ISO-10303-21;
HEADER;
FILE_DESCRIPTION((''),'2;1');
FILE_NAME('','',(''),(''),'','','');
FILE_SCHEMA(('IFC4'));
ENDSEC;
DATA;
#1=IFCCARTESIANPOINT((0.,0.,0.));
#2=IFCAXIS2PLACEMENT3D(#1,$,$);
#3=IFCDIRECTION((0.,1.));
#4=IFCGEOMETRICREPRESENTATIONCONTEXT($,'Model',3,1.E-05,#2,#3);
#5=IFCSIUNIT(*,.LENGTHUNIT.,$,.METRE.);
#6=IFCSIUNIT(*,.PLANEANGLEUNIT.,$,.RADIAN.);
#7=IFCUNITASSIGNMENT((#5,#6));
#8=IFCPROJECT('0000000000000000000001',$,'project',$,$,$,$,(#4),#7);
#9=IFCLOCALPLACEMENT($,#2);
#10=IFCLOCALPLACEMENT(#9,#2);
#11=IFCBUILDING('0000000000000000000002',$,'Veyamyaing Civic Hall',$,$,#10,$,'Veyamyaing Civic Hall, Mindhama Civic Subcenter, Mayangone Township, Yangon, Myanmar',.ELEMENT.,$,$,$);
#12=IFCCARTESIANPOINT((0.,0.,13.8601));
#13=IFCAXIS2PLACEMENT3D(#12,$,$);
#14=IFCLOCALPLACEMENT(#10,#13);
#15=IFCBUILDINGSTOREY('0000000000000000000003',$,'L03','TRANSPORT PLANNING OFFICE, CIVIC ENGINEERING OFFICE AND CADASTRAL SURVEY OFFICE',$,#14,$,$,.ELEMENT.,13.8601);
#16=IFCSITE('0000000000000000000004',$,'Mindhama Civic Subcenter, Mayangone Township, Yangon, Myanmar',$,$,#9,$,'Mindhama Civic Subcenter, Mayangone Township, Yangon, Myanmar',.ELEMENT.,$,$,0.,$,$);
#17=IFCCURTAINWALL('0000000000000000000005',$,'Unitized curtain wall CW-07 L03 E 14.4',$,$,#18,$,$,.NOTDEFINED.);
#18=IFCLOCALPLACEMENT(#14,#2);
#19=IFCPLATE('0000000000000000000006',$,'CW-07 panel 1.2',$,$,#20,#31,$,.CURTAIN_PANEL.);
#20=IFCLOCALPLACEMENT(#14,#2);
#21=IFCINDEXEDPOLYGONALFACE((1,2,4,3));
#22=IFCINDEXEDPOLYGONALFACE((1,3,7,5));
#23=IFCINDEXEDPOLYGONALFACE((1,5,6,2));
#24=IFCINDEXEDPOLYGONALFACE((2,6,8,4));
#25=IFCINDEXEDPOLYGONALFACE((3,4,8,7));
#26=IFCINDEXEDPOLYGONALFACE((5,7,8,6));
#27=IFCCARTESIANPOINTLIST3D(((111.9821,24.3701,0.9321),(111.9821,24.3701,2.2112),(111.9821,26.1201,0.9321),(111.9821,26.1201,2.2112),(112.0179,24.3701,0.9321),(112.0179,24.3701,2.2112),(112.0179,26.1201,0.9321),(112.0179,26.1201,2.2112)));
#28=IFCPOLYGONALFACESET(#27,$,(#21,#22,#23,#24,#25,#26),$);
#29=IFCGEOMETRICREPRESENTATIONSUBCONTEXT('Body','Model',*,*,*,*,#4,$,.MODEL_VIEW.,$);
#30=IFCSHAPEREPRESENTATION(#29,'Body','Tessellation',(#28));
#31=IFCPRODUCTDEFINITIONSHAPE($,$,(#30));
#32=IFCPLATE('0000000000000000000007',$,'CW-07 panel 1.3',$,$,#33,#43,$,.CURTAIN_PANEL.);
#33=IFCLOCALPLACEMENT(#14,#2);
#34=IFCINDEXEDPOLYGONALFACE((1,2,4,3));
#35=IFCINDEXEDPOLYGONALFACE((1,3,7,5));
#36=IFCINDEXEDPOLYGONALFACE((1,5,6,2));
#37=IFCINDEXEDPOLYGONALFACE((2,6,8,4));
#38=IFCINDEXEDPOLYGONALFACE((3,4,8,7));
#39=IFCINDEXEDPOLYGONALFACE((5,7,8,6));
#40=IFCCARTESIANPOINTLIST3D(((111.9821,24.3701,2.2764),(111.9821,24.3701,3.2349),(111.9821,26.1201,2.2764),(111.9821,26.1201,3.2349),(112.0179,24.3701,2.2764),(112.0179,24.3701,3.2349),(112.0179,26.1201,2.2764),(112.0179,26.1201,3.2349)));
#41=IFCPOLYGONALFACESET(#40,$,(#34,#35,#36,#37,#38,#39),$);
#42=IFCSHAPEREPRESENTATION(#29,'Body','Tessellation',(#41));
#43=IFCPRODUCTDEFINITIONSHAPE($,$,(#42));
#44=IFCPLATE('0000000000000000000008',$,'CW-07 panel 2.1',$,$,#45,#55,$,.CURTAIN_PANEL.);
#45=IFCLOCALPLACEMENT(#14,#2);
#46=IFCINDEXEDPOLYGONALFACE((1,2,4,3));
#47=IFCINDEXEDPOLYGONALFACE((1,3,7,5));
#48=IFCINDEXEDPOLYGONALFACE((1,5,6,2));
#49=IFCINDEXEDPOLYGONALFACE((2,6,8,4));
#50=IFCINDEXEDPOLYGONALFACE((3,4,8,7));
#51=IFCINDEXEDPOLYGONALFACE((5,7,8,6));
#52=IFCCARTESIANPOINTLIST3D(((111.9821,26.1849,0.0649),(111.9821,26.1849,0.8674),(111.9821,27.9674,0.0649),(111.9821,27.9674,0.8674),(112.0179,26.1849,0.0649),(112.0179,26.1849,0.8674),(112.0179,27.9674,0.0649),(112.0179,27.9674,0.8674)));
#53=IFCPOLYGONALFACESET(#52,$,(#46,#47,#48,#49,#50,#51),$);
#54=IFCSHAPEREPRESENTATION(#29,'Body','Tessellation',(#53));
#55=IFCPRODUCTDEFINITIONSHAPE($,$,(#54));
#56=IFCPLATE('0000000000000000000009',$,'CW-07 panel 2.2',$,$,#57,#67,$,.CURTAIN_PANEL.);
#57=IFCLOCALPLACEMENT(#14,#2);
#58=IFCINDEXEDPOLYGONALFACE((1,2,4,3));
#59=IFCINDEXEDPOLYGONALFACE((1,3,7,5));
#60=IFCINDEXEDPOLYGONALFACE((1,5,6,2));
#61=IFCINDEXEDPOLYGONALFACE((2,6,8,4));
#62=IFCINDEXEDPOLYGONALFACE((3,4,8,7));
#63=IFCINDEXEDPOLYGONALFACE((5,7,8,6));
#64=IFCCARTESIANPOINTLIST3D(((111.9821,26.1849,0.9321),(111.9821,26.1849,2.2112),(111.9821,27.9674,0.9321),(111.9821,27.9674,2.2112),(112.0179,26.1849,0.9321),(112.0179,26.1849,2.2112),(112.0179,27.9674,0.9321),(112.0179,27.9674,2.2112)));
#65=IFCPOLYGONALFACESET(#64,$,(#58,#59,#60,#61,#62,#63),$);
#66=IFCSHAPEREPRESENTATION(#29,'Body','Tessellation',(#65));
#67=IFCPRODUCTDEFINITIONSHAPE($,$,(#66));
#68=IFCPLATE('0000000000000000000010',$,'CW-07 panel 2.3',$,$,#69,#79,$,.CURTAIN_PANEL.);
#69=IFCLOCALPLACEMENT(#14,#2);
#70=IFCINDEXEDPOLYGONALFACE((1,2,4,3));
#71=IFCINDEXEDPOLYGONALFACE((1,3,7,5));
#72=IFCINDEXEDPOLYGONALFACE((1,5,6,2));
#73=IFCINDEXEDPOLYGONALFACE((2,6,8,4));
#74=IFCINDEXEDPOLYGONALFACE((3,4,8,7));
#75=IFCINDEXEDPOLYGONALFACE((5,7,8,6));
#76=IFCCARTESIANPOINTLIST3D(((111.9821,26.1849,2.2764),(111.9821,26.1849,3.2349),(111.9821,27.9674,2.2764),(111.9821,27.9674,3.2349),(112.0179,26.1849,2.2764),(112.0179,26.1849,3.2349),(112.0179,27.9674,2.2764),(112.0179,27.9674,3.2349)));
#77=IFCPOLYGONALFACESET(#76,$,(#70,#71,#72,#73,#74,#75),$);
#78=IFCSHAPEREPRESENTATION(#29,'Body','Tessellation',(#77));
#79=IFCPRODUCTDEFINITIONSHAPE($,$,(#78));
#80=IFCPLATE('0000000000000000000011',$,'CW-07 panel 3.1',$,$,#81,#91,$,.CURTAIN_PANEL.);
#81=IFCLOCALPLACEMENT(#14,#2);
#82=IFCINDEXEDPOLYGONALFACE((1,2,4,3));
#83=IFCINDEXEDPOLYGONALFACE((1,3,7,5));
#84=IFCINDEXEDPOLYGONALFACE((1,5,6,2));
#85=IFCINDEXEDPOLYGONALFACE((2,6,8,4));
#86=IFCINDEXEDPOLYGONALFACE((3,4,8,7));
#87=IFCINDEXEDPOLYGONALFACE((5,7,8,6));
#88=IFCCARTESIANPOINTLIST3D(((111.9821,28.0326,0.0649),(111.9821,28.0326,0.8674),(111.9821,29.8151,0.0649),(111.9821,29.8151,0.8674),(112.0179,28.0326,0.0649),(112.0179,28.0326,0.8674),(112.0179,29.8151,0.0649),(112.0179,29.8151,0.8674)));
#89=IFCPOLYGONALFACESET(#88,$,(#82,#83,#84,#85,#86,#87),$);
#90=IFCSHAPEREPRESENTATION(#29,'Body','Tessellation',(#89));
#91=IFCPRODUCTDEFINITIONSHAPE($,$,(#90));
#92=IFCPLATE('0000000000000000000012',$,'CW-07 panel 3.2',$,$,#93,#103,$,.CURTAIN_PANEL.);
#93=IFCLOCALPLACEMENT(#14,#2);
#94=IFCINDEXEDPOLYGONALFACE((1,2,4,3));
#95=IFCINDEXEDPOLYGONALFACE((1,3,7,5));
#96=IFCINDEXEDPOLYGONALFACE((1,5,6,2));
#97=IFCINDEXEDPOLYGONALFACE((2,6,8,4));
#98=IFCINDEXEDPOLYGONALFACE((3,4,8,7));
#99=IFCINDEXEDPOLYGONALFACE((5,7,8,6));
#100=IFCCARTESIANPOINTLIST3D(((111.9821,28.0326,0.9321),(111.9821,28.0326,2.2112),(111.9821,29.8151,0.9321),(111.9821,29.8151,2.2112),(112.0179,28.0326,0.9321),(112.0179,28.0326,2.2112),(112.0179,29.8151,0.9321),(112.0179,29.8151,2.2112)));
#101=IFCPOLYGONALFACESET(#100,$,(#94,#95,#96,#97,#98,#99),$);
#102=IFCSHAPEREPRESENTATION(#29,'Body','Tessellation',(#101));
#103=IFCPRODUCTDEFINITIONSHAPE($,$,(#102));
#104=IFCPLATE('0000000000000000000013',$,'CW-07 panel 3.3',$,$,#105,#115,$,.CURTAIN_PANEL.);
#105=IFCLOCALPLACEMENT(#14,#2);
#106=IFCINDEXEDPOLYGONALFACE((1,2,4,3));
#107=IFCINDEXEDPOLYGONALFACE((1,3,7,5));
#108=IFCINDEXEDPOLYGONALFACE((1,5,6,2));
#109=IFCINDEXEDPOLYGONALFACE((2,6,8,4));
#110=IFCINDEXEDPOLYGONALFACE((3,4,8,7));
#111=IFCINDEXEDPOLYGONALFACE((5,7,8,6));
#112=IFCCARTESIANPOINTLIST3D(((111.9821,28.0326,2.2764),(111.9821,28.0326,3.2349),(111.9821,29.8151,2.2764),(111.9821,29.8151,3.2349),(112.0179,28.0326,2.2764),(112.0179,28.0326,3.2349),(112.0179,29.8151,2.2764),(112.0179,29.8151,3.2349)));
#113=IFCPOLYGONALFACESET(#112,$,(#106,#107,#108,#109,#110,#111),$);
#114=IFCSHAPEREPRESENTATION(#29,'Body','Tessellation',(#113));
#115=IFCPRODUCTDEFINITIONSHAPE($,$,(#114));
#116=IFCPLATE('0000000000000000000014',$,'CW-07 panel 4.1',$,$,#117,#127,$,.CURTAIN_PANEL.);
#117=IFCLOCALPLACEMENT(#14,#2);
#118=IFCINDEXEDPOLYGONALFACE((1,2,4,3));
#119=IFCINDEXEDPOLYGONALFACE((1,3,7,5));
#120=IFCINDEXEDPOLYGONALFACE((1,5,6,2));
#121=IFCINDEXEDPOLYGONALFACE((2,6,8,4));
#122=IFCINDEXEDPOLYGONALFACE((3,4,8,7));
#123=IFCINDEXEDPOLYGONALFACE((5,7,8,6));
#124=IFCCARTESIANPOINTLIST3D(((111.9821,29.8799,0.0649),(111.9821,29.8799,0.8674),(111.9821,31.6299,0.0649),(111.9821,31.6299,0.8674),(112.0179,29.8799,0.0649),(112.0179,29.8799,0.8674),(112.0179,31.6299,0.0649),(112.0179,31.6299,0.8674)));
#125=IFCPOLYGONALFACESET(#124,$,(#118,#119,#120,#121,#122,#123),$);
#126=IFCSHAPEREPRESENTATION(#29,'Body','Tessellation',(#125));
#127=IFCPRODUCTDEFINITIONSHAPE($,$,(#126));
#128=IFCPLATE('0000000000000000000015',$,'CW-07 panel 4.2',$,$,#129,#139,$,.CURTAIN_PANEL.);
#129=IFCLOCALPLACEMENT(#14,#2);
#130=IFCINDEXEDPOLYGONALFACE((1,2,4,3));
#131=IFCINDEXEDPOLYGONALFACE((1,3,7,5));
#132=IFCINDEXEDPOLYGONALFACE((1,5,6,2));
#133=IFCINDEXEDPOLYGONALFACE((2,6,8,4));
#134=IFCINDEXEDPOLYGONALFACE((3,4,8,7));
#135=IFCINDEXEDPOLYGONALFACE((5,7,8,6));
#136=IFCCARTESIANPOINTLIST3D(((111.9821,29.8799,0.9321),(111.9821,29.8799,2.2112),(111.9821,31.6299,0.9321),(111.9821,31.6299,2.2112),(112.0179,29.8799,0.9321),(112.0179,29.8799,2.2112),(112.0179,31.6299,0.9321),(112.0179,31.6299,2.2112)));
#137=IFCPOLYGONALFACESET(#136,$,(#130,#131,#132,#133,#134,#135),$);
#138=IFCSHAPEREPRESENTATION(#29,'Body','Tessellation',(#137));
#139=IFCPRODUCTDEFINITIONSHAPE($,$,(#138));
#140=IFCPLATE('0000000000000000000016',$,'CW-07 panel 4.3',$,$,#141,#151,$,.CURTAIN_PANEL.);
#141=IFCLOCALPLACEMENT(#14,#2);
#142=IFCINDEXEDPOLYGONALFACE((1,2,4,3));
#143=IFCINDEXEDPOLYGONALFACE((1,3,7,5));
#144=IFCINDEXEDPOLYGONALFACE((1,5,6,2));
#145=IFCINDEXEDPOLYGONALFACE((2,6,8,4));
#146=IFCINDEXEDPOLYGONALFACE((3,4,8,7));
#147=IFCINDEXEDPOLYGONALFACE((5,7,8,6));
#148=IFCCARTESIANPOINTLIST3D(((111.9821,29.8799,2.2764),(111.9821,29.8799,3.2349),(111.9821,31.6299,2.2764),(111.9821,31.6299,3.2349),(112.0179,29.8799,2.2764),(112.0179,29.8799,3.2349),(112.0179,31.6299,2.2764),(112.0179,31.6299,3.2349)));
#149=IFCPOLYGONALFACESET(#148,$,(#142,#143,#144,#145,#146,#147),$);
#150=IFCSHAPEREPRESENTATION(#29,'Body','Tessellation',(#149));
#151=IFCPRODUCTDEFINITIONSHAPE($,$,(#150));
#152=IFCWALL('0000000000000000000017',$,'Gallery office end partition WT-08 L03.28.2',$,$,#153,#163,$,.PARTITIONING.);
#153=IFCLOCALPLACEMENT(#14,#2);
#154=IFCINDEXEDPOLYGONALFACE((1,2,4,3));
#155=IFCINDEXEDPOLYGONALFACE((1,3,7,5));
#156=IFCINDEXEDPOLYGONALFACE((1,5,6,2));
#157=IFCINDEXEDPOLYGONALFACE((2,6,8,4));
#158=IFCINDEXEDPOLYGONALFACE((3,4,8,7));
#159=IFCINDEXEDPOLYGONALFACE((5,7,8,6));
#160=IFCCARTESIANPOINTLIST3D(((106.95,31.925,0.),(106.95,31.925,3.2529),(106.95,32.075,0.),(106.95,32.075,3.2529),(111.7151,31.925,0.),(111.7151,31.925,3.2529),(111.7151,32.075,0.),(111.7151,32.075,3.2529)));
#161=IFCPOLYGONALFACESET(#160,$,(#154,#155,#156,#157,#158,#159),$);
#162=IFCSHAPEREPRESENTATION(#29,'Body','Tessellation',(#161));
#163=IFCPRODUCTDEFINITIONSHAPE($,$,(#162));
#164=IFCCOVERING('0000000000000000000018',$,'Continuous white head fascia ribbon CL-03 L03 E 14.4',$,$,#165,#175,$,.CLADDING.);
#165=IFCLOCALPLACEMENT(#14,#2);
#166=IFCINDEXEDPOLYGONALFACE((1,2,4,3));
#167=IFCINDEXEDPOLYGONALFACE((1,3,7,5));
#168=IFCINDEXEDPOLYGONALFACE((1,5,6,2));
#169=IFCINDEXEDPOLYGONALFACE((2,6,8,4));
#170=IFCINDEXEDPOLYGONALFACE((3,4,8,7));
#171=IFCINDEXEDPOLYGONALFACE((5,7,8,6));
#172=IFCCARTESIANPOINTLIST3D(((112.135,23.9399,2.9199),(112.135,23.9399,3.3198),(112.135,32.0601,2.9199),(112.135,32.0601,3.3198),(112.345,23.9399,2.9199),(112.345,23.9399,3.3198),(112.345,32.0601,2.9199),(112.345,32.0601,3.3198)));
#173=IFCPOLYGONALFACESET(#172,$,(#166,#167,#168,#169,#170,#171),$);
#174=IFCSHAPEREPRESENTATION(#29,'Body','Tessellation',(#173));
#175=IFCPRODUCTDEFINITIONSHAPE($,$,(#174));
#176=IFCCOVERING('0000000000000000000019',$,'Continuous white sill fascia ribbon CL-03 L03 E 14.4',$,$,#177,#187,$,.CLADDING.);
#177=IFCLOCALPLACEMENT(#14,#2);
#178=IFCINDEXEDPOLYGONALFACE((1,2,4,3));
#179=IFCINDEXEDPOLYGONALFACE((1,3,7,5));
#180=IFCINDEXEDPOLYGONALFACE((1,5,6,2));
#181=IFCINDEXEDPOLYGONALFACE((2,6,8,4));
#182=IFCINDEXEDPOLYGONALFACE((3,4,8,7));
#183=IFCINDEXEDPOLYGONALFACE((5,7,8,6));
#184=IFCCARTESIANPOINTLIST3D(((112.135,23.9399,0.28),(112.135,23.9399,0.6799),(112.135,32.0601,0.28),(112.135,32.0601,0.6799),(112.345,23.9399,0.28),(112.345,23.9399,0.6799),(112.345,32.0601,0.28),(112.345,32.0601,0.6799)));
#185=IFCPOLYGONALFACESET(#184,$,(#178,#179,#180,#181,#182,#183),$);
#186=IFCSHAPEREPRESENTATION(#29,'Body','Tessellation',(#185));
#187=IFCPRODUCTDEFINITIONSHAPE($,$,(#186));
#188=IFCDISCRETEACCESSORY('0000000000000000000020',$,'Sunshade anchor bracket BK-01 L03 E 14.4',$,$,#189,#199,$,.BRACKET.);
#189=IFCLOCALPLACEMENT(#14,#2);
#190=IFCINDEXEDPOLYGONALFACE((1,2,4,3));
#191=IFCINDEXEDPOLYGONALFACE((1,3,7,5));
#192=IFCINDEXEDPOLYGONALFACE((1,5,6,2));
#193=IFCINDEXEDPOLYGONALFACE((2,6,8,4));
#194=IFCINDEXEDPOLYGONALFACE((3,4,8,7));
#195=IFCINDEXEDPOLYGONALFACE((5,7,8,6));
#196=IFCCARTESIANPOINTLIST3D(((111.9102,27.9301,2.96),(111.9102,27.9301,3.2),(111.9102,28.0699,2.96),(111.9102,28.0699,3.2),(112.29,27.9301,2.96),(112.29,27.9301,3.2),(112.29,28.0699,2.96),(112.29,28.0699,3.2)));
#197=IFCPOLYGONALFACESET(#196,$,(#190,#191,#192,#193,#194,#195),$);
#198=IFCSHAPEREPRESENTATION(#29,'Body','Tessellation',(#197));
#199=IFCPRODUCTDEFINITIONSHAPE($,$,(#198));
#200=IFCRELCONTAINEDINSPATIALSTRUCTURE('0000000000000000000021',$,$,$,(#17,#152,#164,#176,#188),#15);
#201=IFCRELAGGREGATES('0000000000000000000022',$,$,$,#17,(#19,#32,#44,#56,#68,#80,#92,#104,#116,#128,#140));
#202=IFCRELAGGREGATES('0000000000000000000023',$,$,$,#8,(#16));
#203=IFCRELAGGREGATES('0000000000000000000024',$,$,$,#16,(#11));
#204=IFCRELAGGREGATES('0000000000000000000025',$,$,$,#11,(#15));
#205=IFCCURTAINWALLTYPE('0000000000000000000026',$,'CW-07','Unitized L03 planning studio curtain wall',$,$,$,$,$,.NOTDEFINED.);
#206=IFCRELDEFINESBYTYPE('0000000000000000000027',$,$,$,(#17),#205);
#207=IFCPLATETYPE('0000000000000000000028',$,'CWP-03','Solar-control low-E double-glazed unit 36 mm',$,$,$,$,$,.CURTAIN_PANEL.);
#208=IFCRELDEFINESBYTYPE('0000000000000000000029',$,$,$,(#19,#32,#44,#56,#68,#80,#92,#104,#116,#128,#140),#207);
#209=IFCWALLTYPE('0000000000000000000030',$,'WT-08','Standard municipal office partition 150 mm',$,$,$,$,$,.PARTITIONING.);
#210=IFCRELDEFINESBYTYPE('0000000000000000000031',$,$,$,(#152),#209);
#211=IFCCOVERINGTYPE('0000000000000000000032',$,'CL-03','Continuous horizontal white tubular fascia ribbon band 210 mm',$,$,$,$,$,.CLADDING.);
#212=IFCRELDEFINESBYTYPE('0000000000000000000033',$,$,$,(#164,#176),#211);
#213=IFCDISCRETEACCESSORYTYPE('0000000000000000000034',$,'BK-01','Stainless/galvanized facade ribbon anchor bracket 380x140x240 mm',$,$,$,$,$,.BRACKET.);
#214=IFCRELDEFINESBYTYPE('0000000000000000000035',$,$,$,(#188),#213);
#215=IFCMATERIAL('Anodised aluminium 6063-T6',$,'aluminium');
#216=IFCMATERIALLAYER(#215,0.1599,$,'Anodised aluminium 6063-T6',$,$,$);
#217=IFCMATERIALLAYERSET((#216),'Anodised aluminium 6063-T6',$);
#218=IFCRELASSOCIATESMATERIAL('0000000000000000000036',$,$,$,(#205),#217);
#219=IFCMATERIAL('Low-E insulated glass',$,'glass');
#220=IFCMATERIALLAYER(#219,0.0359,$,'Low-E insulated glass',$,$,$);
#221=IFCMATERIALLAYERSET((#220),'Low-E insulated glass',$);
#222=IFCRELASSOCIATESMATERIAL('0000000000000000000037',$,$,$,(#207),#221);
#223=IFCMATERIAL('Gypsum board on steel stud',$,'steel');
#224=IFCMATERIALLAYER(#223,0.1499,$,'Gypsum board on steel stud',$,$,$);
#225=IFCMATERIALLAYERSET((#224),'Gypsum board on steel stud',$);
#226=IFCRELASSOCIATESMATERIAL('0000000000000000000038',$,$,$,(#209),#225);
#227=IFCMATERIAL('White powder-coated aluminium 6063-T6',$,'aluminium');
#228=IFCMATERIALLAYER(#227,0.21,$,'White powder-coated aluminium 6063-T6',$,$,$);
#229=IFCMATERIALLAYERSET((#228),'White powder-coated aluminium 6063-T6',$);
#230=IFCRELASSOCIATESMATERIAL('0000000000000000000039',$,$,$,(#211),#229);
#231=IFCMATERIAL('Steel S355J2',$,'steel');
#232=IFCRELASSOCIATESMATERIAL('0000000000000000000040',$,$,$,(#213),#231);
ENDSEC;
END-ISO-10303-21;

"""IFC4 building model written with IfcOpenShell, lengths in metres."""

from ifc_helpers import new_model, si_unit, direction, frame, frame_2d, origin, origin_2d, place, context, subcontext, project, spatial, rectangle, extrude, material, layer, layer_set, type_object, element, aggregate, save


model = new_model("IFC4")

# Units and contexts
model_context = context("Model", 3, precision=1e-05, world=origin(), true_north=direction((0.0, 1.0)))
body_context = subcontext(model_context, "Body", "Model", "MODEL_VIEW")
ifc_project = project(units=[si_unit("LENGTHUNIT", "METRE"), si_unit("PLANEANGLEUNIT", "RADIAN")], contexts=[model_context])

# Site, building, storey
site_placement = place(None, origin())
site = spatial("IfcSite", under=ifc_project, at=site_placement, Name="Mindhama Civic Subcenter, Mayangone Township, Yangon, Myanmar", LongName="Mindhama Civic Subcenter, Mayangone Township, Yangon, Myanmar", CompositionType="ELEMENT", RefElevation=0.0)
building_placement = place(site_placement, origin())
building = spatial("IfcBuilding", under=site, at=building_placement, Name="Veyamyaing Civic Hall", LongName="Veyamyaing Civic Hall, Mindhama Civic Subcenter, Mayangone Township, Yangon, Myanmar", CompositionType="ELEMENT")
storey_placement = place(building_placement, frame((0.0, 0.0, 13.8601)))
storey = spatial("IfcBuildingStorey", under=building, at=storey_placement, Name="L03", Description="TRANSPORT PLANNING OFFICE, CIVIC ENGINEERING OFFICE AND CADASTRAL SURVEY OFFICE", CompositionType="ELEMENT", Elevation=13.8601)

# Curtain wall
ifc_material_1 = material(Name="Anodised aluminium 6063-T6", Category="aluminium")
ifc_layer_1 = layer(ifc_material_1, 0.1599, Name="Anodised aluminium 6063-T6")
ifc_layer_set_1 = layer_set([ifc_layer_1], Name="Anodised aluminium 6063-T6")
curtain_wall_type = type_object("IfcCurtainWallType", Name="CW-07", Description="Unitized L03 planning studio curtain wall", PredefinedType="NOTDEFINED", material=ifc_layer_set_1)
curtain_wall_placement = place(storey_placement, origin())
curtain_wall = element("IfcCurtainWall", 1, at=curtain_wall_placement, inside=storey, type_object=curtain_wall_type, Name="Unitized curtain wall CW-07 L03 E 14.4", PredefinedType="NOTDEFINED")

# Plates
ifc_material_2 = material(Name="Low-E insulated glass", Category="glass")
ifc_layer_2 = layer(ifc_material_2, 0.0359, Name="Low-E insulated glass")
ifc_layer_set_2 = layer_set([ifc_layer_2], Name="Low-E insulated glass")
plate_type = type_object("IfcPlateType", Name="CWP-03", Description="Solar-control low-E double-glazed unit 36 mm", PredefinedType="CURTAIN_PANEL", material=ifc_layer_set_2)
plate_1_placement = place(storey_placement, frame((112.0, 25.2451, 0.9321), z_axis=(0.0, 0.0, 1.0), x_axis=(0.0, 1.0, 0.0)))
plate_1 = element("IfcPlate", 2, at=plate_1_placement, type_object=plate_type, Name="CW-07 panel 1.2", PredefinedType="CURTAIN_PANEL", context=body_context, shape_type="SweptSolid", body=[
    extrude(rectangle(XDim=1.75, YDim=0.0359, at=origin_2d()), origin(), (0.0, 0.0, 1.0), 1.2791),
])
plate_2_placement = place(storey_placement, frame((112.0, 25.2451, 2.2764), z_axis=(0.0, 0.0, 1.0), x_axis=(0.0, 1.0, 0.0)))
plate_2 = element("IfcPlate", 3, at=plate_2_placement, type_object=plate_type, Name="CW-07 panel 1.3", PredefinedType="CURTAIN_PANEL", context=body_context, shape_type="SweptSolid", body=[
    extrude(rectangle(XDim=1.75, YDim=0.0359, at=origin_2d()), origin(), (0.0, 0.0, 1.0), 0.9585),
])
plate_3_placement = place(storey_placement, frame((112.0, 27.0762, 0.0649), z_axis=(0.0, 0.0, 1.0), x_axis=(0.0, 1.0, 0.0)))
plate_3 = element("IfcPlate", 4, at=plate_3_placement, type_object=plate_type, Name="CW-07 panel 2.1", PredefinedType="CURTAIN_PANEL", context=body_context, shape_type="SweptSolid", body=[
    extrude(rectangle(XDim=1.7825, YDim=0.0359, at=origin_2d()), origin(), (0.0, 0.0, 1.0), 0.8025),
])
plate_4_placement = place(storey_placement, frame((112.0, 27.0762, 0.9321), z_axis=(0.0, 0.0, 1.0), x_axis=(0.0, 1.0, 0.0)))
plate_4 = element("IfcPlate", 5, at=plate_4_placement, type_object=plate_type, Name="CW-07 panel 2.2", PredefinedType="CURTAIN_PANEL", context=body_context, shape_type="SweptSolid", body=[
    extrude(rectangle(XDim=1.7825, YDim=0.0359, at=origin_2d()), origin(), (0.0, 0.0, 1.0), 1.2791),
])
plate_5_placement = place(storey_placement, frame((112.0, 27.0762, 2.2764), z_axis=(0.0, 0.0, 1.0), x_axis=(0.0, 1.0, 0.0)))
plate_5 = element("IfcPlate", 6, at=plate_5_placement, type_object=plate_type, Name="CW-07 panel 2.3", PredefinedType="CURTAIN_PANEL", context=body_context, shape_type="SweptSolid", body=[
    extrude(rectangle(XDim=1.7825, YDim=0.0359, at=origin_2d()), origin(), (0.0, 0.0, 1.0), 0.9585),
])
plate_6_placement = place(storey_placement, frame((112.0, 28.9238, 0.0649), z_axis=(0.0, 0.0, 1.0), x_axis=(0.0, 1.0, 0.0)))
plate_6 = element("IfcPlate", 7, at=plate_6_placement, type_object=plate_type, Name="CW-07 panel 3.1", PredefinedType="CURTAIN_PANEL", context=body_context, shape_type="SweptSolid", body=[
    extrude(rectangle(XDim=1.7825, YDim=0.0359, at=origin_2d()), origin(), (0.0, 0.0, 1.0), 0.8025),
])
plate_7_placement = place(storey_placement, frame((112.0, 28.9238, 0.9321), z_axis=(0.0, 0.0, 1.0), x_axis=(0.0, 1.0, 0.0)))
plate_7 = element("IfcPlate", 8, at=plate_7_placement, type_object=plate_type, Name="CW-07 panel 3.2", PredefinedType="CURTAIN_PANEL", context=body_context, shape_type="SweptSolid", body=[
    extrude(rectangle(XDim=1.7825, YDim=0.0359, at=origin_2d()), origin(), (0.0, 0.0, 1.0), 1.2791),
])
plate_8_placement = place(storey_placement, frame((112.0, 28.9238, 2.2764), z_axis=(0.0, 0.0, 1.0), x_axis=(0.0, 1.0, 0.0)))
plate_8 = element("IfcPlate", 9, at=plate_8_placement, type_object=plate_type, Name="CW-07 panel 3.3", PredefinedType="CURTAIN_PANEL", context=body_context, shape_type="SweptSolid", body=[
    extrude(rectangle(XDim=1.7825, YDim=0.0359, at=origin_2d()), origin(), (0.0, 0.0, 1.0), 0.9585),
])
plate_9_placement = place(storey_placement, frame((112.0, 30.7549, 0.0649), z_axis=(0.0, 0.0, 1.0), x_axis=(0.0, 1.0, 0.0)))
plate_9 = element("IfcPlate", 10, at=plate_9_placement, type_object=plate_type, Name="CW-07 panel 4.1", PredefinedType="CURTAIN_PANEL", context=body_context, shape_type="SweptSolid", body=[
    extrude(rectangle(XDim=1.75, YDim=0.0359, at=origin_2d()), origin(), (0.0, 0.0, 1.0), 0.8025),
])
plate_10_placement = place(storey_placement, frame((112.0, 30.7549, 0.9321), z_axis=(0.0, 0.0, 1.0), x_axis=(0.0, 1.0, 0.0)))
plate_10 = element("IfcPlate", 11, at=plate_10_placement, type_object=plate_type, Name="CW-07 panel 4.2", PredefinedType="CURTAIN_PANEL", context=body_context, shape_type="SweptSolid", body=[
    extrude(rectangle(XDim=1.75, YDim=0.0359, at=origin_2d()), origin(), (0.0, 0.0, 1.0), 1.2791),
])
plate_11_placement = place(storey_placement, frame((112.0, 30.7549, 2.2764), z_axis=(0.0, 0.0, 1.0), x_axis=(0.0, 1.0, 0.0)))
plate_11 = element("IfcPlate", 12, at=plate_11_placement, type_object=plate_type, Name="CW-07 panel 4.3", PredefinedType="CURTAIN_PANEL", context=body_context, shape_type="SweptSolid", body=[
    extrude(rectangle(XDim=1.75, YDim=0.0359, at=origin_2d()), origin(), (0.0, 0.0, 1.0), 0.9585),
])
aggregate(curtain_wall, [plate_1, plate_2, plate_3, plate_4, plate_5, plate_6, plate_7, plate_8, plate_9, plate_10, plate_11])

# Wall
ifc_material_3 = material(Name="Gypsum board on steel stud", Category="steel")
ifc_layer_3 = layer(ifc_material_3, 0.1499, Name="Gypsum board on steel stud")
ifc_layer_set_3 = layer_set([ifc_layer_3], Name="Gypsum board on steel stud")
wall_type = type_object("IfcWallType", Name="WT-08", Description="Standard municipal office partition 150 mm", PredefinedType="PARTITIONING", material=ifc_layer_set_3)
wall_placement = place(storey_placement, frame((106.95, 32.0, 0.0), z_axis=(0.0, 0.0, 1.0), x_axis=(1.0, 0.0, 0.0)))
element("IfcWall", 13, at=wall_placement, inside=storey, type_object=wall_type, Name="Gallery office end partition WT-08 L03.28.2", PredefinedType="PARTITIONING", context=body_context, shape_type="SweptSolid", body=[
    extrude(rectangle(XDim=4.7651, YDim=0.1499, at=frame_2d((2.3826, 0.0))), origin(), (0.0, 0.0, 1.0), 3.2529),
])

# Coverings
ifc_material_4 = material(Name="White powder-coated aluminium 6063-T6", Category="aluminium")
ifc_layer_4 = layer(ifc_material_4, 0.21, Name="White powder-coated aluminium 6063-T6")
ifc_layer_set_4 = layer_set([ifc_layer_4], Name="White powder-coated aluminium 6063-T6")
covering_type = type_object("IfcCoveringType", Name="CL-03", Description="Continuous horizontal white tubular fascia ribbon band 210 mm", PredefinedType="CLADDING", material=ifc_layer_set_4)
for number, where, z_axis, x_axis, name in (
    (14, (112.24, 28.0, 2.9199), (0.0, 0.0, 1.0), (0.0, 1.0, 0.0), "Continuous white head fascia ribbon CL-03 L03 E 14.4"),
    (15, (112.24, 28.0, 0.28), (0.0, 0.0, 1.0), (0.0, 1.0, 0.0), "Continuous white sill fascia ribbon CL-03 L03 E 14.4"),
):
    element("IfcCovering", number, at=place(storey_placement, frame(where, z_axis=z_axis, x_axis=x_axis)), inside=storey, type_object=covering_type, Name=name, PredefinedType="CLADDING", context=body_context, shape_type="SweptSolid", body=[
        extrude(rectangle(XDim=8.1201, YDim=0.21, at=origin_2d()), origin(), (0.0, 0.0, 1.0), 0.3999),
    ])

# Discrete accessory
ifc_material_5 = material(Name="Steel S355J2", Category="steel")
discrete_accessory_type = type_object("IfcDiscreteAccessoryType", Name="BK-01", Description="Stainless/galvanized facade ribbon anchor bracket 380x140x240 mm", PredefinedType="BRACKET", material=ifc_material_5)
for number, where, z_axis, x_axis, name in (
    (16, (112.1001, 28.0, 2.96), (0.0, 0.0, 1.0), (1.0, 0.0, 0.0), "Sunshade anchor bracket BK-01 L03 E 14.4"),
):
    element("IfcDiscreteAccessory", number, at=place(storey_placement, frame(where, z_axis=z_axis, x_axis=x_axis)), inside=storey, type_object=discrete_accessory_type, Name=name, PredefinedType="BRACKET", context=body_context, shape_type="SweptSolid", body=[
        extrude(rectangle(XDim=0.3799, YDim=0.1399, at=origin_2d()), origin(), (0.0, 0.0, 1.0), 0.24),
    ])

save(model, "model.ifc")
